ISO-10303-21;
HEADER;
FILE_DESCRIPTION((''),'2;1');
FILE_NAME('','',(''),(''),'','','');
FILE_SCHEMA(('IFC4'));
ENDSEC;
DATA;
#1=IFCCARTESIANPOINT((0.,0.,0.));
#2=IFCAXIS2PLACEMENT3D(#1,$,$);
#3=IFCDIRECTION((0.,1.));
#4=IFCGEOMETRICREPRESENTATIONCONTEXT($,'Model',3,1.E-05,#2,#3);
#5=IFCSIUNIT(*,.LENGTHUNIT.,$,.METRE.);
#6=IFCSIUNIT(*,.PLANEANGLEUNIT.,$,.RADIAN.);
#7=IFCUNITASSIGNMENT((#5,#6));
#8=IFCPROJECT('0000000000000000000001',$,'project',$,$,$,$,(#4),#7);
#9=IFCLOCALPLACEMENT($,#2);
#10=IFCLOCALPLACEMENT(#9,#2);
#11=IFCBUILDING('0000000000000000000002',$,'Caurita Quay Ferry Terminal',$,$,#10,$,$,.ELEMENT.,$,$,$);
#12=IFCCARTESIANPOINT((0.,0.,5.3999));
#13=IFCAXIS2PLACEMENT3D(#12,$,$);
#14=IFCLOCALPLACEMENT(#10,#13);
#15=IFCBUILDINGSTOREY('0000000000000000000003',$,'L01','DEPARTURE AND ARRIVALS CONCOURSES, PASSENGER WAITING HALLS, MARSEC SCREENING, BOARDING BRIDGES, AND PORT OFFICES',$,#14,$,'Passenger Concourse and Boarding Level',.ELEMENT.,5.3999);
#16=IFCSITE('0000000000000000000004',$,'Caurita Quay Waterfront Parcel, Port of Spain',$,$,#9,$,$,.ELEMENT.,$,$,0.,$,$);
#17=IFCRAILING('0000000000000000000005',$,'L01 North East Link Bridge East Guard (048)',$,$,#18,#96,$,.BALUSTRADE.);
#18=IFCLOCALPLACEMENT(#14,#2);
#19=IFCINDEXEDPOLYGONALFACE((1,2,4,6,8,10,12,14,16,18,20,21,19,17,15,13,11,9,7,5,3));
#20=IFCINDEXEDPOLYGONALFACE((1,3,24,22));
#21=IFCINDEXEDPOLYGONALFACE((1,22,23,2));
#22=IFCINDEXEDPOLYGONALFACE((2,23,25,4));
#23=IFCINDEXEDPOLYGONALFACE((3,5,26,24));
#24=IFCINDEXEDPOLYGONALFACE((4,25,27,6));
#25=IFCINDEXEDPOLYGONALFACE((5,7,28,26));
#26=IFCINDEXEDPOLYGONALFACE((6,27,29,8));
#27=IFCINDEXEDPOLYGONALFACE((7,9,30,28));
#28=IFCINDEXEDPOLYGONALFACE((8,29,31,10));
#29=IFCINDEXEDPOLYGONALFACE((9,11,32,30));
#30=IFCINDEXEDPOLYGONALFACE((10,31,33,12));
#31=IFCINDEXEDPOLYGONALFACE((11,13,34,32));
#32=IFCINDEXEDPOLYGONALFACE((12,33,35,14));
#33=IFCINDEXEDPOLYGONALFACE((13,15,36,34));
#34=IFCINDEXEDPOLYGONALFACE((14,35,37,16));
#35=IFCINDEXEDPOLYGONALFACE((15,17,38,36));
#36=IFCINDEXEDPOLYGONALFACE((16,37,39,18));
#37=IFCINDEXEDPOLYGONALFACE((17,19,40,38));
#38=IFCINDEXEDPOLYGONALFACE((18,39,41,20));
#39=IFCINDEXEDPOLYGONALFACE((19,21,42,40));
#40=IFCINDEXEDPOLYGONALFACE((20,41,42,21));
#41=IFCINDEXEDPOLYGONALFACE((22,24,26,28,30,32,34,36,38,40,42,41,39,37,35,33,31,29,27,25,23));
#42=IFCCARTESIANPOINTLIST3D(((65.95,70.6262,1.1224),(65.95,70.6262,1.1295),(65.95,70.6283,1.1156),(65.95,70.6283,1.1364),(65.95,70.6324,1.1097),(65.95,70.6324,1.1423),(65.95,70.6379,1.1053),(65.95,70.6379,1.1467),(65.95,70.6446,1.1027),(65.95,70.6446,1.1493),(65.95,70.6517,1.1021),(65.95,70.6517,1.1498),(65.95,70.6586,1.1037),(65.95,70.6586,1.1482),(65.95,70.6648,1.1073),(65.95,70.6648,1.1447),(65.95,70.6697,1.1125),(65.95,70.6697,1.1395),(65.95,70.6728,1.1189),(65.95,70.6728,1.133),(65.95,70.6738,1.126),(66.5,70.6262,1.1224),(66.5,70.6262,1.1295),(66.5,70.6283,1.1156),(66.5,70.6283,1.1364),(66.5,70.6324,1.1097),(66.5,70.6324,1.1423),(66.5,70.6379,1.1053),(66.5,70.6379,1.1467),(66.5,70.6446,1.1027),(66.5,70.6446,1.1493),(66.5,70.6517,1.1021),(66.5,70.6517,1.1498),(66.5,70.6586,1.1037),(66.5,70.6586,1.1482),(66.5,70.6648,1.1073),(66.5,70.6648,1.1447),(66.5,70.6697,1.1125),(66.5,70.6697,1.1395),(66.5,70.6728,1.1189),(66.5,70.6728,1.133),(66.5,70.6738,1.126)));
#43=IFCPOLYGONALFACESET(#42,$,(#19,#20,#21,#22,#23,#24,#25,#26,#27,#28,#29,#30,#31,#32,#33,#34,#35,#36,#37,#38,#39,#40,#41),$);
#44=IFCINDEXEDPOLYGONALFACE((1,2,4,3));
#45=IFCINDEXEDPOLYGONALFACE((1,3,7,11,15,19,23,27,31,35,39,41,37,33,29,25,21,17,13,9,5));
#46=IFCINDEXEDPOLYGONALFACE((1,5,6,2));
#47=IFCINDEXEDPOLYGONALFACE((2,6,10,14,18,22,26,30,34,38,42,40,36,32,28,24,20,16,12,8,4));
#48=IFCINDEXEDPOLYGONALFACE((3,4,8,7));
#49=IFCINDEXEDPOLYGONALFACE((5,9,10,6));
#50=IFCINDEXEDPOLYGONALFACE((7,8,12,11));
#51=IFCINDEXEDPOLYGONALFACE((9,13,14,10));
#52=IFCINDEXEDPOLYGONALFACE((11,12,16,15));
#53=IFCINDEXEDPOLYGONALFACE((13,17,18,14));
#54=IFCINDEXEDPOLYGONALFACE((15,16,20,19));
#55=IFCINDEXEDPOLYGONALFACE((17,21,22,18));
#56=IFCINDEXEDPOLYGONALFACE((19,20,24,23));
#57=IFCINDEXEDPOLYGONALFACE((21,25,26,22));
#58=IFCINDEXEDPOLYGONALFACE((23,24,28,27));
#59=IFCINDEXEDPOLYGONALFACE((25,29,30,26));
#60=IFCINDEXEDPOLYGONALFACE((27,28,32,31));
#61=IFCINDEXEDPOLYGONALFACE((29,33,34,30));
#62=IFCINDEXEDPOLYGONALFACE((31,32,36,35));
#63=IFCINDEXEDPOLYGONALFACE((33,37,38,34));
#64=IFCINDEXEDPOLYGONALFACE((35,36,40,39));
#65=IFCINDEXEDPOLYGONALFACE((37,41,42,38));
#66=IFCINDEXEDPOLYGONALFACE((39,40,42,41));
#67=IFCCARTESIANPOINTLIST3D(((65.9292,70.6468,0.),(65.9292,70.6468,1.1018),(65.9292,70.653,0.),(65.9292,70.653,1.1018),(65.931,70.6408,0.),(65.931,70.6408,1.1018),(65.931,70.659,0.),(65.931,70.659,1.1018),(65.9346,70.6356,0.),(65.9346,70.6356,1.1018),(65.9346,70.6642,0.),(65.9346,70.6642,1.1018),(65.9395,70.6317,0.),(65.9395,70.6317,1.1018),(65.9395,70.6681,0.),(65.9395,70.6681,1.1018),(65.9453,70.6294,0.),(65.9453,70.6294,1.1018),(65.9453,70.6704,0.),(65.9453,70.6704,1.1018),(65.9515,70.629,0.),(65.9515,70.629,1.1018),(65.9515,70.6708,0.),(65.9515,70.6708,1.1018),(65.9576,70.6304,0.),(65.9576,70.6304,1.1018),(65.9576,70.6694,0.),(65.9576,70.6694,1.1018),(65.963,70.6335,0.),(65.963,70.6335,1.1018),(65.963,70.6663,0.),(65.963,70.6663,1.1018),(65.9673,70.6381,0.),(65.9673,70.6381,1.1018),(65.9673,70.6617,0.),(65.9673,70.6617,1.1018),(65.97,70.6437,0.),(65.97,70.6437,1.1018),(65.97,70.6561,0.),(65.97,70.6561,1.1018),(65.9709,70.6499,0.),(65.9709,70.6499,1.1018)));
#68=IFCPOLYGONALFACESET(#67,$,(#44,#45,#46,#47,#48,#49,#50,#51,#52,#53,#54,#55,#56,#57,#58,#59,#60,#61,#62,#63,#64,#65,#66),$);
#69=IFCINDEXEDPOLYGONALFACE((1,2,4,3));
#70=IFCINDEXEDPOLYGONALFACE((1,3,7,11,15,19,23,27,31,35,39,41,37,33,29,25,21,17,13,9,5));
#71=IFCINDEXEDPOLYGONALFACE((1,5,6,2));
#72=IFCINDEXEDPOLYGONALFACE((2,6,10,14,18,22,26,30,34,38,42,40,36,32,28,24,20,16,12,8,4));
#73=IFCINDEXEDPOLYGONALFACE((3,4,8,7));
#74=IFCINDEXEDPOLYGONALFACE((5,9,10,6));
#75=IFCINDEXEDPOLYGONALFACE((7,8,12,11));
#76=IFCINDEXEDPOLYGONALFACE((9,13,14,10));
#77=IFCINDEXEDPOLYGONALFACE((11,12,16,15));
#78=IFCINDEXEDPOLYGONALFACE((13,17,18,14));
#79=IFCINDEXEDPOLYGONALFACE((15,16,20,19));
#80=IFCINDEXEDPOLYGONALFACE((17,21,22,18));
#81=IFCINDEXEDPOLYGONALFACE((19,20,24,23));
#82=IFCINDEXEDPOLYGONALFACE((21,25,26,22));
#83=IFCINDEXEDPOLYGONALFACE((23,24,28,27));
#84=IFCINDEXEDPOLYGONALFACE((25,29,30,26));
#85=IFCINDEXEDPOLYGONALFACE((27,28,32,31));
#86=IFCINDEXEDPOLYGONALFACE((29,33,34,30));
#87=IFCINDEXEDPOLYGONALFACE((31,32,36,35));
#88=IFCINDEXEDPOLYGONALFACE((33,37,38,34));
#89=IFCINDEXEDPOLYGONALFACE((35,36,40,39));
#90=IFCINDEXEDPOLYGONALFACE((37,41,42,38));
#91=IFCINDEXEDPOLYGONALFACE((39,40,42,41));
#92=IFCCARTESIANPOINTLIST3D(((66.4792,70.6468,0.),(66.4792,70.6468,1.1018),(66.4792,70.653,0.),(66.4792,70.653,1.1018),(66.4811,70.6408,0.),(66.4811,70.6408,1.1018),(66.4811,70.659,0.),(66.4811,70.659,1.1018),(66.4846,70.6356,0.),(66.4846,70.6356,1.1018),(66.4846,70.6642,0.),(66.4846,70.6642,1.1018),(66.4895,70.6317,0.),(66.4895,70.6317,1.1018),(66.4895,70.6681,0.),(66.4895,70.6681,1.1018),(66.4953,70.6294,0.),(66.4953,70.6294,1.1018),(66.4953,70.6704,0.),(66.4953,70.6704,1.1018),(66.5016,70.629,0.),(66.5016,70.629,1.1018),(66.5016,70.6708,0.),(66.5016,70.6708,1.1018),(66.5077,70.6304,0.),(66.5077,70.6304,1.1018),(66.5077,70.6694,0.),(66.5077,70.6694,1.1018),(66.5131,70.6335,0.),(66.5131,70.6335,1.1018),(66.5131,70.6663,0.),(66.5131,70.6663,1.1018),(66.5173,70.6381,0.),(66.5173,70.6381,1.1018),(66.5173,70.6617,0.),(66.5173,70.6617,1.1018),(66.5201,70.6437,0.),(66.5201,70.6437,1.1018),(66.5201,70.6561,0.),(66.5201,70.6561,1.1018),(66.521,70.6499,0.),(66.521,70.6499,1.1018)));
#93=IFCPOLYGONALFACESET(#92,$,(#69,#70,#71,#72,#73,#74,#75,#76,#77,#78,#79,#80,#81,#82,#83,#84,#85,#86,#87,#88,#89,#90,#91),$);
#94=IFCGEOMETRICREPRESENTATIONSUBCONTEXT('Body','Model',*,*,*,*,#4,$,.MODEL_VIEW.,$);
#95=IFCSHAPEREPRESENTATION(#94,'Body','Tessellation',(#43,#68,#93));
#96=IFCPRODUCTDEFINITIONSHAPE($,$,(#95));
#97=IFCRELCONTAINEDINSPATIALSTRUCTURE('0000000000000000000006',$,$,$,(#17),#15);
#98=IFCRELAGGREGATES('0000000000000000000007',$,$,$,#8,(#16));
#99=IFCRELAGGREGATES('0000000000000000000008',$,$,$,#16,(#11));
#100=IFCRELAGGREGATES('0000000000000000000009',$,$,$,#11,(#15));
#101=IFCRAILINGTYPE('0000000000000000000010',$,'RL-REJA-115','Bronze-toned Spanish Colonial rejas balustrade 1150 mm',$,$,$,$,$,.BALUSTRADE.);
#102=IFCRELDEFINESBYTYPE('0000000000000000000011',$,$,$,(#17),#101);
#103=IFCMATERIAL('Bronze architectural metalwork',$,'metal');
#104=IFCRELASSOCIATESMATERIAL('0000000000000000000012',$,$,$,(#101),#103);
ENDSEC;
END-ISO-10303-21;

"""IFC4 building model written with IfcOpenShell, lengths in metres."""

from ifc_helpers import new_model, si_unit, direction, frame, origin, origin_2d, place, context, subcontext, project, spatial, circle, extrude, material, type_object, element, save


model = new_model("IFC4")

# Units and contexts
model_context = context("Model", 3, precision=1e-05, world=origin(), true_north=direction((0.0, 1.0)))
body_context = subcontext(model_context, "Body", "Model", "MODEL_VIEW")
ifc_project = project(units=[si_unit("LENGTHUNIT", "METRE"), si_unit("PLANEANGLEUNIT", "RADIAN")], contexts=[model_context])

# Site, building, storey
site_placement = place(None, origin())
site = spatial("IfcSite", under=ifc_project, at=site_placement, Name="Caurita Quay Waterfront Parcel, Port of Spain", CompositionType="ELEMENT", RefElevation=0.0)
building_placement = place(site_placement, origin())
building = spatial("IfcBuilding", under=site, at=building_placement, Name="Caurita Quay Ferry Terminal", CompositionType="ELEMENT")
storey_placement = place(building_placement, frame((0.0, 0.0, 5.3999)))
storey = spatial("IfcBuildingStorey", under=building, at=storey_placement, Name="L01", Description="DEPARTURE AND ARRIVALS CONCOURSES, PASSENGER WAITING HALLS, MARSEC SCREENING, BOARDING BRIDGES, AND PORT OFFICES", LongName="Passenger Concourse and Boarding Level", CompositionType="ELEMENT", Elevation=5.3999)

# Railing
ifc_material_1 = material(Name="Bronze architectural metalwork", Category="metal")
railing_type = type_object("IfcRailingType", Name="RL-REJA-115", Description="Bronze-toned Spanish Colonial rejas balustrade 1150 mm", PredefinedType="BALUSTRADE", material=ifc_material_1)
railing_1_placement = place(storey_placement, frame((65.95, 70.6499, 0.0)))
element("IfcRailing", 1, at=railing_1_placement, inside=storey, type_object=railing_type, Name="L01 North East Link Bridge East Guard (048)", PredefinedType="BALUSTRADE", context=body_context, shape_type="SweptSolid", body=[
    extrude(circle(Radius=0.0239, at=origin_2d()), frame((0.0, 0.0, 1.126), z_axis=(1.0, 0.0, 0.0), x_axis=(0.0, 1.0, 0.0)), (0.0, 0.0, 1.0), 0.55),
    extrude(circle(Radius=0.021, at=origin_2d()), origin(), (0.0, 0.0, 1.0), 1.1018),
    extrude(circle(Radius=0.021, at=origin_2d()), frame((0.55, 0.0, 0.0)), (0.0, 0.0, 1.0), 1.1018),
])

save(model, "model.ifc")
